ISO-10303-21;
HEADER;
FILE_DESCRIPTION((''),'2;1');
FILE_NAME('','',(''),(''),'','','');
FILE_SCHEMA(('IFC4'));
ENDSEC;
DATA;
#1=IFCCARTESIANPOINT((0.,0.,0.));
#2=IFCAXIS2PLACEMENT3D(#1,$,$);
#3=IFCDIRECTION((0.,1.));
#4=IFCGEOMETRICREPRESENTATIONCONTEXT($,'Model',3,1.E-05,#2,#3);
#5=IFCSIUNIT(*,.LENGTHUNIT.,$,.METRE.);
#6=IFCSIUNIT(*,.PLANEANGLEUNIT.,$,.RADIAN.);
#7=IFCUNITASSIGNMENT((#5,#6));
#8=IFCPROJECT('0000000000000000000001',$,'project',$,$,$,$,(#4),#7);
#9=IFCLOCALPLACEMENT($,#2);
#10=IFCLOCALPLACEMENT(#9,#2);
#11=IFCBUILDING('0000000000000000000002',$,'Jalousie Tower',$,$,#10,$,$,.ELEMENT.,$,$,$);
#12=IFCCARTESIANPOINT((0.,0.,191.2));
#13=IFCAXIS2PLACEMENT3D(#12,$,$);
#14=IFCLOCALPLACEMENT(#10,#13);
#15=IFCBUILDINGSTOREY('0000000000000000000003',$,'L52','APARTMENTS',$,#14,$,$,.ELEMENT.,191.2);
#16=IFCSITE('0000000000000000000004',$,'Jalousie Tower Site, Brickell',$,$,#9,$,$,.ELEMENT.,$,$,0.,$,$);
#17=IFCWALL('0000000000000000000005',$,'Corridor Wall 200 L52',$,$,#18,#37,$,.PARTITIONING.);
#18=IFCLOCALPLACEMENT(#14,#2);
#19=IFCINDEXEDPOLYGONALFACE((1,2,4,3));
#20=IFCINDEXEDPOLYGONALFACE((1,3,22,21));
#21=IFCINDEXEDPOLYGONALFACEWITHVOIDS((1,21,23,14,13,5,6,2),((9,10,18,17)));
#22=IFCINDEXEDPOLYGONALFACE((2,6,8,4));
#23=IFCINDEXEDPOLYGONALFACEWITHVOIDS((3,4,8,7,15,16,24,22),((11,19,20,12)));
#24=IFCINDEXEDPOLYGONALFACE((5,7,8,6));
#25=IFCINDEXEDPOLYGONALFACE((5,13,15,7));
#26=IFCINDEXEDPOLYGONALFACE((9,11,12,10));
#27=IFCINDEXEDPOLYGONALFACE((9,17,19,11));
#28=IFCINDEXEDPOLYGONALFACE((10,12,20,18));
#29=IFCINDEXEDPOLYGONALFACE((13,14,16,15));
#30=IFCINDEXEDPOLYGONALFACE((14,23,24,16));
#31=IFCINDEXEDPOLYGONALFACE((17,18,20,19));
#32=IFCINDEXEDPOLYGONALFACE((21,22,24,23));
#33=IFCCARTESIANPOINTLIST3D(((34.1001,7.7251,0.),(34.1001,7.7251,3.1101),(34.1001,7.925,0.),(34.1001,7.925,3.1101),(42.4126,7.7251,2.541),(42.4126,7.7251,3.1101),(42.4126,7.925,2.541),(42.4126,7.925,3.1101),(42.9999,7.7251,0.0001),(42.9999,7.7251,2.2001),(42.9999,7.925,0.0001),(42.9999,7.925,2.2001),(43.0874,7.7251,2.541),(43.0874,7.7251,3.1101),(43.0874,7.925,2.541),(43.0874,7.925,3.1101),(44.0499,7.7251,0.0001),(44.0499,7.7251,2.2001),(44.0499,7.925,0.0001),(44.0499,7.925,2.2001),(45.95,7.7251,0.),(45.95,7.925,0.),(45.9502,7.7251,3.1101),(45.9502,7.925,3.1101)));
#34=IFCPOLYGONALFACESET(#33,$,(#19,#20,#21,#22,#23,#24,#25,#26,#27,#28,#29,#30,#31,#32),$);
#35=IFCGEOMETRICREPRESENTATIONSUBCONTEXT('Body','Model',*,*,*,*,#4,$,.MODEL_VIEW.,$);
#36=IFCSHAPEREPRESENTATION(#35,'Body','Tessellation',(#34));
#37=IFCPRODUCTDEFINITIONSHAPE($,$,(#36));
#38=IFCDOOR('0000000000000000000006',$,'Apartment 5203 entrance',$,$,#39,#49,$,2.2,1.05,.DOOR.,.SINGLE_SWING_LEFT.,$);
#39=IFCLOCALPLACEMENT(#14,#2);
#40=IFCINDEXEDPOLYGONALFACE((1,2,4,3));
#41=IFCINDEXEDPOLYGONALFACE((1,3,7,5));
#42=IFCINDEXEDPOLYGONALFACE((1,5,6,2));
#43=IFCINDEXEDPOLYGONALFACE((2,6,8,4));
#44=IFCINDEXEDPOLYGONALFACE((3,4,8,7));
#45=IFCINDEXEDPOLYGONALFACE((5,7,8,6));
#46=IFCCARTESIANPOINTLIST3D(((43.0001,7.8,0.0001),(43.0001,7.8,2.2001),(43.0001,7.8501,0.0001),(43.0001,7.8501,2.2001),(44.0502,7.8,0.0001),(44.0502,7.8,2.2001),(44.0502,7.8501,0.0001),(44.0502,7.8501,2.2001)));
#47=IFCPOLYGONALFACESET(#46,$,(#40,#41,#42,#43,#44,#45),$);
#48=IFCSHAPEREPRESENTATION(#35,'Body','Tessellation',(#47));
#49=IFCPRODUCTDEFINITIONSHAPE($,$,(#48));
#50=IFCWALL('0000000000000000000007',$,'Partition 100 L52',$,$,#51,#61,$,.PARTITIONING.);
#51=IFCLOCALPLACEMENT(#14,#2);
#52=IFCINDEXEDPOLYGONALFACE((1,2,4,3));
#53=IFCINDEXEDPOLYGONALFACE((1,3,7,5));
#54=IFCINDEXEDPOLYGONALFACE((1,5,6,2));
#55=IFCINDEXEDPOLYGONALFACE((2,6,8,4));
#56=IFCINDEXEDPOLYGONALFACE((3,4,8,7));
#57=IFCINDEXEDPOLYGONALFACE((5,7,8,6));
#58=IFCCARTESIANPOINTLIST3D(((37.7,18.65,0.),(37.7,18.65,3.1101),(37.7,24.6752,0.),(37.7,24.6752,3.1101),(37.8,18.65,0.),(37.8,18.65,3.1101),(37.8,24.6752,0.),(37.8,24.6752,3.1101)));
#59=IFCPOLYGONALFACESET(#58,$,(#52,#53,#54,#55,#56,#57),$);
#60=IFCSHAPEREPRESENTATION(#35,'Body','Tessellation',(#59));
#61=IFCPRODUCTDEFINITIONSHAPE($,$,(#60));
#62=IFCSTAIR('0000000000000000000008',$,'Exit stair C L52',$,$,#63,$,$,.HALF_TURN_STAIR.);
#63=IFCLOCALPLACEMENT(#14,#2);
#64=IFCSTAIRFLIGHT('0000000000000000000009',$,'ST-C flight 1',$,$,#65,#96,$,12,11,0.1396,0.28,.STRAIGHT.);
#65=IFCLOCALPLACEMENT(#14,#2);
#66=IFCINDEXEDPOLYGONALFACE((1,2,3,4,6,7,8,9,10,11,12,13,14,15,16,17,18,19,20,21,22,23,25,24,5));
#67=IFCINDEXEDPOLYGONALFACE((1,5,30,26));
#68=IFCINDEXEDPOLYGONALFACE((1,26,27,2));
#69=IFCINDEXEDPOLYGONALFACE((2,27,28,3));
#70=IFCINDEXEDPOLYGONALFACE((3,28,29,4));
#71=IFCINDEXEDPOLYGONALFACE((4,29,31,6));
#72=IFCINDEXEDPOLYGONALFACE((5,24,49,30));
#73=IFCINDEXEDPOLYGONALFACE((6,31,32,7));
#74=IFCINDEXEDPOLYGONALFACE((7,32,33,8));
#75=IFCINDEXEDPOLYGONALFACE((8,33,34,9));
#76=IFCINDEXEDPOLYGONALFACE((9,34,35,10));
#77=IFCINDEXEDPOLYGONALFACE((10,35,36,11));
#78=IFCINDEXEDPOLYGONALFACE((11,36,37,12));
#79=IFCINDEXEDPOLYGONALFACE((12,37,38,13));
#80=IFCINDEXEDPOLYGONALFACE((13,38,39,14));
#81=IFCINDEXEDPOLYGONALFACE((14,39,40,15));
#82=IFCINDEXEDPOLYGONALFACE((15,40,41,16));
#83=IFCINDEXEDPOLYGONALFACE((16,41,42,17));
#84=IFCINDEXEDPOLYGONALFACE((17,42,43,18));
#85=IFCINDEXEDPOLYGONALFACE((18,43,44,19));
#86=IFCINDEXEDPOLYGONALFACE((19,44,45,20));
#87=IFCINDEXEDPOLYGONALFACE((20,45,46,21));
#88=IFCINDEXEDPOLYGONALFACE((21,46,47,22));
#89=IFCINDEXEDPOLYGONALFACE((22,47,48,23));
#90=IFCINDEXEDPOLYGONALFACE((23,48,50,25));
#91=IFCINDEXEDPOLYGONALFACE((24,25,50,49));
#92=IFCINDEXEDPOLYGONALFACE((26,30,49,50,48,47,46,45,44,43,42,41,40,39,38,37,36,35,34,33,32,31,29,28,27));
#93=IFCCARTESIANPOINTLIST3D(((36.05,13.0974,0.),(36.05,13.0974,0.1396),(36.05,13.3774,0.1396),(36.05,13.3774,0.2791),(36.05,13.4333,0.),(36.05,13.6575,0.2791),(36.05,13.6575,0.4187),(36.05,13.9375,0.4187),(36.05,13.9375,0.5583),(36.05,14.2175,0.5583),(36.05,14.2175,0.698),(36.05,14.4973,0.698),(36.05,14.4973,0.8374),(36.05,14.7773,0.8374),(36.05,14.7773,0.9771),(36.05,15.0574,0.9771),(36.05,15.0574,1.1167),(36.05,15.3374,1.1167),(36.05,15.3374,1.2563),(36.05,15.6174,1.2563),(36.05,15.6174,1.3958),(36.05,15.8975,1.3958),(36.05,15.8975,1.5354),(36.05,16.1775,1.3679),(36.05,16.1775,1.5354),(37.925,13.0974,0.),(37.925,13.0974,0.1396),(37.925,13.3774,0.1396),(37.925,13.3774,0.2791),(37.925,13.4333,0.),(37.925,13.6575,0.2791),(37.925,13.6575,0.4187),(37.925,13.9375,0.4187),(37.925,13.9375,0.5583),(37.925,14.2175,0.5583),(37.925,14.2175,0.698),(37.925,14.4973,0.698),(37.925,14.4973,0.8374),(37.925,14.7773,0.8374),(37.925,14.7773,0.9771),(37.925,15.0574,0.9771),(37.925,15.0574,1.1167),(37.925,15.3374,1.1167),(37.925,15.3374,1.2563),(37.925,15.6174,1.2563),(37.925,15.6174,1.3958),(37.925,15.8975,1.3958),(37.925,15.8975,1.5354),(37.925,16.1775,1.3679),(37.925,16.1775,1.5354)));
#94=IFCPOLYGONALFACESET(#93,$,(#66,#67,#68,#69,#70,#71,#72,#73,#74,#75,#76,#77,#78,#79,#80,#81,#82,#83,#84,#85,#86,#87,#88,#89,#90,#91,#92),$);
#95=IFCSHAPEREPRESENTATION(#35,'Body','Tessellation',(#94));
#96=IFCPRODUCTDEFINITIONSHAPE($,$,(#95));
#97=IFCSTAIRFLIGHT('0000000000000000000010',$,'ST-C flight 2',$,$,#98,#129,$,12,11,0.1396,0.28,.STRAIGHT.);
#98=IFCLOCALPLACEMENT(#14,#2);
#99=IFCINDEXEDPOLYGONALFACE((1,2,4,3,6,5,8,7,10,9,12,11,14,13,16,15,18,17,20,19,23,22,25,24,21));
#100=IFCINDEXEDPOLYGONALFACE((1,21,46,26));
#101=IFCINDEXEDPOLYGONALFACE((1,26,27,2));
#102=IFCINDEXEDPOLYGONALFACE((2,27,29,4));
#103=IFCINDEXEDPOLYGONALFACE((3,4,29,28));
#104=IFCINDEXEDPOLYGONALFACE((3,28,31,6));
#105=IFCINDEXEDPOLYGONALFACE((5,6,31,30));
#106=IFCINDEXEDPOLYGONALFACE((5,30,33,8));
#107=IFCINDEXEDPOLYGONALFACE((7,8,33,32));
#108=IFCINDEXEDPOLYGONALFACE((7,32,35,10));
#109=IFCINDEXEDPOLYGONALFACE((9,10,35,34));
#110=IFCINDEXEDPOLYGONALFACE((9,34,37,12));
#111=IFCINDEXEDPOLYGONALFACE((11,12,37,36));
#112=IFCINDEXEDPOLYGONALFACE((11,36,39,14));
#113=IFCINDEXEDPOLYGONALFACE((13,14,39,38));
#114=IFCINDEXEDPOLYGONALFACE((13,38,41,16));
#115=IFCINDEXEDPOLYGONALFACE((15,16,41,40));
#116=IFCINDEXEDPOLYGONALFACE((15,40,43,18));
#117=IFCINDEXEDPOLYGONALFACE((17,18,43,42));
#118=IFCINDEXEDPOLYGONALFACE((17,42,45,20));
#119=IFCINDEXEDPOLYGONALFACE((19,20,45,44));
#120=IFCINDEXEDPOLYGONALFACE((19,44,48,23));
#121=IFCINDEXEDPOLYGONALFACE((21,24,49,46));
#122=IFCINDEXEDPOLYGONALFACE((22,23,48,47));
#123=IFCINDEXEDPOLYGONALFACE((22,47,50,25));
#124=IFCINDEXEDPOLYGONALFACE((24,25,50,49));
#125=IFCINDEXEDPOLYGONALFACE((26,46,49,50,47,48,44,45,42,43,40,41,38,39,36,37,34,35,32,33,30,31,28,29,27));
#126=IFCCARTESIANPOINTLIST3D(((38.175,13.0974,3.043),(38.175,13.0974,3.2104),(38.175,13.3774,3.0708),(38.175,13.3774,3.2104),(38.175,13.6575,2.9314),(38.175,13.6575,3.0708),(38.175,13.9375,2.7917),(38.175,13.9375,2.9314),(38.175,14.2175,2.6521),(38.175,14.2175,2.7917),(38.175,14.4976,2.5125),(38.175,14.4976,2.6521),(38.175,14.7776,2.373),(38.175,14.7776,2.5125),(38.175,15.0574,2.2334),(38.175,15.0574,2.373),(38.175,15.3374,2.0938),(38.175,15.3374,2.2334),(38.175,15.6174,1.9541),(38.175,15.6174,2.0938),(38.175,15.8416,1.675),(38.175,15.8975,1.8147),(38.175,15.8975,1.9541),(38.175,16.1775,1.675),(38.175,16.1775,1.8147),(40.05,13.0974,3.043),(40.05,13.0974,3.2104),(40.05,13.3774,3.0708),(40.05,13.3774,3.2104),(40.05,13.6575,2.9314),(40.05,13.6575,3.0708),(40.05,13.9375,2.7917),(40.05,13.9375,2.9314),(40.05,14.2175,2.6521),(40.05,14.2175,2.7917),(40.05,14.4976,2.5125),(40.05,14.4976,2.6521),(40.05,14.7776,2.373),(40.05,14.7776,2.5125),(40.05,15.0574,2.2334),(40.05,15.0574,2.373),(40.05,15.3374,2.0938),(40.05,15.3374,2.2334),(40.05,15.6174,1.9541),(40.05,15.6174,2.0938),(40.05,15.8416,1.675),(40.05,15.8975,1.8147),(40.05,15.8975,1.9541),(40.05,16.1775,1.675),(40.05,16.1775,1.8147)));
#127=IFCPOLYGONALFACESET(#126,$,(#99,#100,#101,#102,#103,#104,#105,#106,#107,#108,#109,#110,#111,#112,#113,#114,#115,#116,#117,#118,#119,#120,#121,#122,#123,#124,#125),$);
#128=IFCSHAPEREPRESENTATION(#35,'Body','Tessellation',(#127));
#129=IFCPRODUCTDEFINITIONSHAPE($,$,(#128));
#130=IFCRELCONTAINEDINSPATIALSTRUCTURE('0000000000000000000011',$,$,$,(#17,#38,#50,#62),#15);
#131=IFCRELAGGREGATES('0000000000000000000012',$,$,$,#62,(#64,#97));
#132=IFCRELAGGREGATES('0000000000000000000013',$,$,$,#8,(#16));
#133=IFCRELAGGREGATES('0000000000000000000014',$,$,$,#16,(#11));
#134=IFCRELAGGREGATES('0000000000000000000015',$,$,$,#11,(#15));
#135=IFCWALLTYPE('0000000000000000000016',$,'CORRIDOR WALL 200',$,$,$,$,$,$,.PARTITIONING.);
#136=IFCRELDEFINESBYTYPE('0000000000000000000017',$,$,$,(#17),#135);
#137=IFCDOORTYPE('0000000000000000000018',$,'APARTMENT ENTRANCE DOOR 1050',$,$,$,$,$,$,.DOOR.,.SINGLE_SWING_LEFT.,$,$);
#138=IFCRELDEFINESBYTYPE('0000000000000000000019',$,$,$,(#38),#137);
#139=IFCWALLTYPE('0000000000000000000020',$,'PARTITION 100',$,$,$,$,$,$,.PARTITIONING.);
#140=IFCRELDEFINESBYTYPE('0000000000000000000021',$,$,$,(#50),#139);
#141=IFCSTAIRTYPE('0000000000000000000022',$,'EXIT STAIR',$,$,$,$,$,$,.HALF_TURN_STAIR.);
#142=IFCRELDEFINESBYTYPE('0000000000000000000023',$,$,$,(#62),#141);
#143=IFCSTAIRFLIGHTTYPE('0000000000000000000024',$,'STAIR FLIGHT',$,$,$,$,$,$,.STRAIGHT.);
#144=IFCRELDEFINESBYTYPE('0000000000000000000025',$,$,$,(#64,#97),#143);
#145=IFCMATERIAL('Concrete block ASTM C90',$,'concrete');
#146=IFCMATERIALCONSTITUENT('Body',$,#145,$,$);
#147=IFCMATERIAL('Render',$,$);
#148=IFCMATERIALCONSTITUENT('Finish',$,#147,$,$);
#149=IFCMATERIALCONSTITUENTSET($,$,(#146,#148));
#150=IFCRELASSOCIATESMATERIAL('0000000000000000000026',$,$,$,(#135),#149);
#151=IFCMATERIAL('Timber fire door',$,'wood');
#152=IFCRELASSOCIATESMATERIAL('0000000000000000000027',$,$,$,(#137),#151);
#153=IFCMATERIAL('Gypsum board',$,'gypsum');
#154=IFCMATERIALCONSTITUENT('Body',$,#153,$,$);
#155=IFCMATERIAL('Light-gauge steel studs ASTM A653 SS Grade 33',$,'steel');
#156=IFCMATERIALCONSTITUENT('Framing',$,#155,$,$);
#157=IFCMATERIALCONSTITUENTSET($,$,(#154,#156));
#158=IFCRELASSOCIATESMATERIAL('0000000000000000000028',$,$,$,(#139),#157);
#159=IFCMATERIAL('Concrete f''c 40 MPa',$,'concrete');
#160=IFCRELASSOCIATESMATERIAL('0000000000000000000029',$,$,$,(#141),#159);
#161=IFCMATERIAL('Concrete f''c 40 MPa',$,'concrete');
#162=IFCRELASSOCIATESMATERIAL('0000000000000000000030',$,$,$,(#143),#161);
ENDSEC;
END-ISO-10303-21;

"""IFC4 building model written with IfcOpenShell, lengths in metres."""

from ifc_helpers import new_model, si_unit, direction, frame, frame_2d, origin, place, context, subcontext, project, spatial, polyline, rectangle, outline, extrude, material, constituent, constituent_set, type_object, element, fill, aggregate, save


model = new_model("IFC4")

# Units and contexts
model_context = context("Model", 3, precision=1e-05, world=origin(), true_north=direction((0.0, 1.0)))
body_context = subcontext(model_context, "Body", "Model", "MODEL_VIEW")
ifc_project = project(units=[si_unit("LENGTHUNIT", "METRE"), si_unit("PLANEANGLEUNIT", "RADIAN")], contexts=[model_context])

# Site, building, storey
site_placement = place(None, origin())
site = spatial("IfcSite", under=ifc_project, at=site_placement, Name="Jalousie Tower Site, Brickell", CompositionType="ELEMENT", RefElevation=0.0)
building_placement = place(site_placement, origin())
building = spatial("IfcBuilding", under=site, at=building_placement, Name="Jalousie Tower", CompositionType="ELEMENT")
storey_placement = place(building_placement, frame((0.0, 0.0, 191.2)))
storey = spatial("IfcBuildingStorey", under=building, at=storey_placement, Name="L52", Description="APARTMENTS", CompositionType="ELEMENT", Elevation=191.2)

# Wall, opening, door
ifc_material_1 = material(Name="Concrete block ASTM C90", Category="concrete")
ifc_constituent_1 = constituent(ifc_material_1, Name="Body")
ifc_material_2 = material(Name="Render")
ifc_constituent_2 = constituent(ifc_material_2, Name="Finish")
ifc_constituent_set_1 = constituent_set(constituents=[ifc_constituent_1, ifc_constituent_2])
wall_type_1 = type_object("IfcWallType", Name="CORRIDOR WALL 200", PredefinedType="PARTITIONING", material=ifc_constituent_set_1)
wall_1_placement = place(storey_placement, frame((34.1001, 7.825, 0.0), z_axis=(0.0, 0.0, 1.0), x_axis=(1.0, 0.0, 0.0)))
wall_1 = element("IfcWall", 1, at=wall_1_placement, inside=storey, type_object=wall_type_1, Name="Corridor Wall 200 L52", PredefinedType="PARTITIONING", context=body_context, shape_type="SweptSolid", body=[
    extrude(outline(polyline([(0.0, 0.0), (11.8499, 0.0), (11.8501, 3.1101), (8.9873, 3.1101), (8.9873, 2.541), (8.3125, 2.541), (8.3125, 3.1101), (0.0, 3.1101), (0.0, 0.0)])), frame((0.0, 0.1001, 0.0), z_axis=(0.0, -1.0, 0.0), x_axis=(1.0, 0.0, 0.0)), (0.0, 0.0, 1.0), 0.2),
])
opening_1_placement = place(wall_1_placement, frame((8.8999, 0.0, 0.0)))
opening_1 = element("IfcOpeningElement", 2, at=opening_1_placement, cuts=wall_1, PredefinedType="OPENING", context=body_context, shape_type="SweptSolid", body=[
    extrude(rectangle(XDim=1.05, YDim=2.2, at=frame_2d((0.5249, 1.1001))), frame((0.0, 0.1099, 0.0), z_axis=(0.0, -1.0, 0.0), x_axis=(1.0, 0.0, 0.0)), (0.0, 0.0, 1.0), 0.22),
])
ifc_material_3 = material(Name="Timber fire door", Category="wood")
door_type_1 = type_object("IfcDoorType", Name="APARTMENT ENTRANCE DOOR 1050", OperationType="SINGLE_SWING_LEFT", PredefinedType="DOOR", material=ifc_material_3)
door_1_placement = place(opening_1_placement, frame((1.05, 0.0, 0.0), z_axis=(0.0, 0.0, 1.0), x_axis=(-1.0, 0.0, 0.0)))
door_1 = element("IfcDoor", 3, at=door_1_placement, inside=storey, type_object=door_type_1, Name="Apartment 5203 entrance", OperationType="SINGLE_SWING_LEFT", OverallHeight=2.2, OverallWidth=1.05, PredefinedType="DOOR", context=body_context, shape_type="SweptSolid", body=[
    extrude(rectangle(XDim=1.05, YDim=2.2, at=frame_2d((0.5249, 1.1001))), frame((0.0, 0.0249, 0.0), z_axis=(0.0, -1.0, 0.0), x_axis=(1.0, 0.0, 0.0)), (0.0, 0.0, 1.0), 0.05),
])
fill(opening_1, door_1)

# Wall
ifc_material_4 = material(Name="Gypsum board", Category="gypsum")
ifc_constituent_3 = constituent(ifc_material_4, Name="Body")
ifc_material_5 = material(Name="Light-gauge steel studs ASTM A653 SS Grade 33", Category="steel")
ifc_constituent_4 = constituent(ifc_material_5, Name="Framing")
ifc_constituent_set_2 = constituent_set(constituents=[ifc_constituent_3, ifc_constituent_4])
wall_type_2 = type_object("IfcWallType", Name="PARTITION 100", PredefinedType="PARTITIONING", material=ifc_constituent_set_2)
wall_2_placement = place(storey_placement, frame((37.75, 18.6499, 0.0), z_axis=(0.0, 0.0, 1.0), x_axis=(0.0, 1.0, 0.0)))
element("IfcWall", 4, at=wall_2_placement, inside=storey, type_object=wall_type_2, Name="Partition 100 L52", PredefinedType="PARTITIONING", context=body_context, shape_type="SweptSolid", body=[
    extrude(rectangle(XDim=6.0251, YDim=0.1001, at=frame_2d((3.0127, 0.0))), origin(), (0.0, 0.0, 1.0), 3.1101),
])

# Stair, stair flights
ifc_material_6 = material(Name="Concrete f'c 40 MPa", Category="concrete")
stair_type = type_object("IfcStairType", Name="EXIT STAIR", PredefinedType="HALF_TURN_STAIR", material=ifc_material_6)
stair_placement = place(storey_placement, origin())
stair = element("IfcStair", 5, at=stair_placement, inside=storey, type_object=stair_type, Name="Exit stair C L52", PredefinedType="HALF_TURN_STAIR")
ifc_material_7 = material(Name="Concrete f'c 40 MPa", Category="concrete")
stair_flight_type = type_object("IfcStairFlightType", Name="STAIR FLIGHT", PredefinedType="STRAIGHT", material=ifc_material_7)
stair_flight_1_placement = place(storey_placement, frame((36.9875, 13.0974, 0.0), z_axis=(0.0, 0.0, 1.0), x_axis=(0.0, 1.0, 0.0)))
stair_flight_1 = element("IfcStairFlight", 6, at=stair_flight_1_placement, type_object=stair_flight_type, Name="ST-C flight 1", NumberOfRisers=12, NumberOfTreads=11, PredefinedType="STRAIGHT", RiserHeight=0.1396, TreadLength=0.28, context=body_context, shape_type="SweptSolid", body=[
    extrude(outline(polyline([(0.0, 0.0), (0.0, 0.1396), (0.28, 0.1396), (0.28, 0.2791), (0.5601, 0.2791), (0.5601, 0.4187), (0.8401, 0.4187), (0.8401, 0.5583), (1.1201, 0.5583), (1.1201, 0.698), (1.3999, 0.698), (1.3999, 0.8374), (1.6799, 0.8374), (1.6799, 0.9771), (1.96, 0.9771), (1.96, 1.1167), (2.24, 1.1167), (2.24, 1.2563), (2.52, 1.2563), (2.52, 1.3958), (2.8, 1.3958), (2.8, 1.5354), (3.0801, 1.5354), (3.0801, 1.675), (3.0801, 1.3679), (0.3359, 0.0), (0.0, 0.0)])), frame((0.0, 0.9375, 0.0), z_axis=(0.0, -1.0, 0.0), x_axis=(1.0, 0.0, 0.0)), (0.0, 0.0, 1.0), 1.875),
])
stair_flight_2_placement = place(storey_placement, frame((39.1125, 16.1775, 1.675), z_axis=(0.0, 0.0, 1.0), x_axis=(0.0, -1.0, 0.0)))
stair_flight_2 = element("IfcStairFlight", 7, at=stair_flight_2_placement, type_object=stair_flight_type, Name="ST-C flight 2", NumberOfRisers=12, NumberOfTreads=11, PredefinedType="STRAIGHT", RiserHeight=0.1396, TreadLength=0.28, context=body_context, shape_type="SweptSolid", body=[
    extrude(outline(polyline([(0.0, 0.0), (0.0, 0.1396), (0.28, 0.1396), (0.28, 0.2791), (0.5601, 0.2791), (0.5601, 0.4187), (0.8401, 0.4187), (0.8401, 0.5583), (1.1201, 0.5583), (1.1201, 0.698), (1.3999, 0.698), (1.3999, 0.8374), (1.6799, 0.8374), (1.6799, 0.9771), (1.96, 0.9771), (1.96, 1.1167), (2.24, 1.1167), (2.24, 1.2563), (2.52, 1.2563), (2.52, 1.3958), (2.8, 1.3958), (2.8, 1.5354), (3.0801, 1.5354), (3.0801, 1.675), (3.0801, 1.3679), (0.3359, 0.0), (0.0, 0.0)])), frame((0.0, 0.9375, 0.0), z_axis=(0.0, -1.0, 0.0), x_axis=(1.0, 0.0, 0.0)), (0.0, 0.0, 1.0), 1.875),
])
aggregate(stair, [stair_flight_1, stair_flight_2])

save(model, "model.ifc")
